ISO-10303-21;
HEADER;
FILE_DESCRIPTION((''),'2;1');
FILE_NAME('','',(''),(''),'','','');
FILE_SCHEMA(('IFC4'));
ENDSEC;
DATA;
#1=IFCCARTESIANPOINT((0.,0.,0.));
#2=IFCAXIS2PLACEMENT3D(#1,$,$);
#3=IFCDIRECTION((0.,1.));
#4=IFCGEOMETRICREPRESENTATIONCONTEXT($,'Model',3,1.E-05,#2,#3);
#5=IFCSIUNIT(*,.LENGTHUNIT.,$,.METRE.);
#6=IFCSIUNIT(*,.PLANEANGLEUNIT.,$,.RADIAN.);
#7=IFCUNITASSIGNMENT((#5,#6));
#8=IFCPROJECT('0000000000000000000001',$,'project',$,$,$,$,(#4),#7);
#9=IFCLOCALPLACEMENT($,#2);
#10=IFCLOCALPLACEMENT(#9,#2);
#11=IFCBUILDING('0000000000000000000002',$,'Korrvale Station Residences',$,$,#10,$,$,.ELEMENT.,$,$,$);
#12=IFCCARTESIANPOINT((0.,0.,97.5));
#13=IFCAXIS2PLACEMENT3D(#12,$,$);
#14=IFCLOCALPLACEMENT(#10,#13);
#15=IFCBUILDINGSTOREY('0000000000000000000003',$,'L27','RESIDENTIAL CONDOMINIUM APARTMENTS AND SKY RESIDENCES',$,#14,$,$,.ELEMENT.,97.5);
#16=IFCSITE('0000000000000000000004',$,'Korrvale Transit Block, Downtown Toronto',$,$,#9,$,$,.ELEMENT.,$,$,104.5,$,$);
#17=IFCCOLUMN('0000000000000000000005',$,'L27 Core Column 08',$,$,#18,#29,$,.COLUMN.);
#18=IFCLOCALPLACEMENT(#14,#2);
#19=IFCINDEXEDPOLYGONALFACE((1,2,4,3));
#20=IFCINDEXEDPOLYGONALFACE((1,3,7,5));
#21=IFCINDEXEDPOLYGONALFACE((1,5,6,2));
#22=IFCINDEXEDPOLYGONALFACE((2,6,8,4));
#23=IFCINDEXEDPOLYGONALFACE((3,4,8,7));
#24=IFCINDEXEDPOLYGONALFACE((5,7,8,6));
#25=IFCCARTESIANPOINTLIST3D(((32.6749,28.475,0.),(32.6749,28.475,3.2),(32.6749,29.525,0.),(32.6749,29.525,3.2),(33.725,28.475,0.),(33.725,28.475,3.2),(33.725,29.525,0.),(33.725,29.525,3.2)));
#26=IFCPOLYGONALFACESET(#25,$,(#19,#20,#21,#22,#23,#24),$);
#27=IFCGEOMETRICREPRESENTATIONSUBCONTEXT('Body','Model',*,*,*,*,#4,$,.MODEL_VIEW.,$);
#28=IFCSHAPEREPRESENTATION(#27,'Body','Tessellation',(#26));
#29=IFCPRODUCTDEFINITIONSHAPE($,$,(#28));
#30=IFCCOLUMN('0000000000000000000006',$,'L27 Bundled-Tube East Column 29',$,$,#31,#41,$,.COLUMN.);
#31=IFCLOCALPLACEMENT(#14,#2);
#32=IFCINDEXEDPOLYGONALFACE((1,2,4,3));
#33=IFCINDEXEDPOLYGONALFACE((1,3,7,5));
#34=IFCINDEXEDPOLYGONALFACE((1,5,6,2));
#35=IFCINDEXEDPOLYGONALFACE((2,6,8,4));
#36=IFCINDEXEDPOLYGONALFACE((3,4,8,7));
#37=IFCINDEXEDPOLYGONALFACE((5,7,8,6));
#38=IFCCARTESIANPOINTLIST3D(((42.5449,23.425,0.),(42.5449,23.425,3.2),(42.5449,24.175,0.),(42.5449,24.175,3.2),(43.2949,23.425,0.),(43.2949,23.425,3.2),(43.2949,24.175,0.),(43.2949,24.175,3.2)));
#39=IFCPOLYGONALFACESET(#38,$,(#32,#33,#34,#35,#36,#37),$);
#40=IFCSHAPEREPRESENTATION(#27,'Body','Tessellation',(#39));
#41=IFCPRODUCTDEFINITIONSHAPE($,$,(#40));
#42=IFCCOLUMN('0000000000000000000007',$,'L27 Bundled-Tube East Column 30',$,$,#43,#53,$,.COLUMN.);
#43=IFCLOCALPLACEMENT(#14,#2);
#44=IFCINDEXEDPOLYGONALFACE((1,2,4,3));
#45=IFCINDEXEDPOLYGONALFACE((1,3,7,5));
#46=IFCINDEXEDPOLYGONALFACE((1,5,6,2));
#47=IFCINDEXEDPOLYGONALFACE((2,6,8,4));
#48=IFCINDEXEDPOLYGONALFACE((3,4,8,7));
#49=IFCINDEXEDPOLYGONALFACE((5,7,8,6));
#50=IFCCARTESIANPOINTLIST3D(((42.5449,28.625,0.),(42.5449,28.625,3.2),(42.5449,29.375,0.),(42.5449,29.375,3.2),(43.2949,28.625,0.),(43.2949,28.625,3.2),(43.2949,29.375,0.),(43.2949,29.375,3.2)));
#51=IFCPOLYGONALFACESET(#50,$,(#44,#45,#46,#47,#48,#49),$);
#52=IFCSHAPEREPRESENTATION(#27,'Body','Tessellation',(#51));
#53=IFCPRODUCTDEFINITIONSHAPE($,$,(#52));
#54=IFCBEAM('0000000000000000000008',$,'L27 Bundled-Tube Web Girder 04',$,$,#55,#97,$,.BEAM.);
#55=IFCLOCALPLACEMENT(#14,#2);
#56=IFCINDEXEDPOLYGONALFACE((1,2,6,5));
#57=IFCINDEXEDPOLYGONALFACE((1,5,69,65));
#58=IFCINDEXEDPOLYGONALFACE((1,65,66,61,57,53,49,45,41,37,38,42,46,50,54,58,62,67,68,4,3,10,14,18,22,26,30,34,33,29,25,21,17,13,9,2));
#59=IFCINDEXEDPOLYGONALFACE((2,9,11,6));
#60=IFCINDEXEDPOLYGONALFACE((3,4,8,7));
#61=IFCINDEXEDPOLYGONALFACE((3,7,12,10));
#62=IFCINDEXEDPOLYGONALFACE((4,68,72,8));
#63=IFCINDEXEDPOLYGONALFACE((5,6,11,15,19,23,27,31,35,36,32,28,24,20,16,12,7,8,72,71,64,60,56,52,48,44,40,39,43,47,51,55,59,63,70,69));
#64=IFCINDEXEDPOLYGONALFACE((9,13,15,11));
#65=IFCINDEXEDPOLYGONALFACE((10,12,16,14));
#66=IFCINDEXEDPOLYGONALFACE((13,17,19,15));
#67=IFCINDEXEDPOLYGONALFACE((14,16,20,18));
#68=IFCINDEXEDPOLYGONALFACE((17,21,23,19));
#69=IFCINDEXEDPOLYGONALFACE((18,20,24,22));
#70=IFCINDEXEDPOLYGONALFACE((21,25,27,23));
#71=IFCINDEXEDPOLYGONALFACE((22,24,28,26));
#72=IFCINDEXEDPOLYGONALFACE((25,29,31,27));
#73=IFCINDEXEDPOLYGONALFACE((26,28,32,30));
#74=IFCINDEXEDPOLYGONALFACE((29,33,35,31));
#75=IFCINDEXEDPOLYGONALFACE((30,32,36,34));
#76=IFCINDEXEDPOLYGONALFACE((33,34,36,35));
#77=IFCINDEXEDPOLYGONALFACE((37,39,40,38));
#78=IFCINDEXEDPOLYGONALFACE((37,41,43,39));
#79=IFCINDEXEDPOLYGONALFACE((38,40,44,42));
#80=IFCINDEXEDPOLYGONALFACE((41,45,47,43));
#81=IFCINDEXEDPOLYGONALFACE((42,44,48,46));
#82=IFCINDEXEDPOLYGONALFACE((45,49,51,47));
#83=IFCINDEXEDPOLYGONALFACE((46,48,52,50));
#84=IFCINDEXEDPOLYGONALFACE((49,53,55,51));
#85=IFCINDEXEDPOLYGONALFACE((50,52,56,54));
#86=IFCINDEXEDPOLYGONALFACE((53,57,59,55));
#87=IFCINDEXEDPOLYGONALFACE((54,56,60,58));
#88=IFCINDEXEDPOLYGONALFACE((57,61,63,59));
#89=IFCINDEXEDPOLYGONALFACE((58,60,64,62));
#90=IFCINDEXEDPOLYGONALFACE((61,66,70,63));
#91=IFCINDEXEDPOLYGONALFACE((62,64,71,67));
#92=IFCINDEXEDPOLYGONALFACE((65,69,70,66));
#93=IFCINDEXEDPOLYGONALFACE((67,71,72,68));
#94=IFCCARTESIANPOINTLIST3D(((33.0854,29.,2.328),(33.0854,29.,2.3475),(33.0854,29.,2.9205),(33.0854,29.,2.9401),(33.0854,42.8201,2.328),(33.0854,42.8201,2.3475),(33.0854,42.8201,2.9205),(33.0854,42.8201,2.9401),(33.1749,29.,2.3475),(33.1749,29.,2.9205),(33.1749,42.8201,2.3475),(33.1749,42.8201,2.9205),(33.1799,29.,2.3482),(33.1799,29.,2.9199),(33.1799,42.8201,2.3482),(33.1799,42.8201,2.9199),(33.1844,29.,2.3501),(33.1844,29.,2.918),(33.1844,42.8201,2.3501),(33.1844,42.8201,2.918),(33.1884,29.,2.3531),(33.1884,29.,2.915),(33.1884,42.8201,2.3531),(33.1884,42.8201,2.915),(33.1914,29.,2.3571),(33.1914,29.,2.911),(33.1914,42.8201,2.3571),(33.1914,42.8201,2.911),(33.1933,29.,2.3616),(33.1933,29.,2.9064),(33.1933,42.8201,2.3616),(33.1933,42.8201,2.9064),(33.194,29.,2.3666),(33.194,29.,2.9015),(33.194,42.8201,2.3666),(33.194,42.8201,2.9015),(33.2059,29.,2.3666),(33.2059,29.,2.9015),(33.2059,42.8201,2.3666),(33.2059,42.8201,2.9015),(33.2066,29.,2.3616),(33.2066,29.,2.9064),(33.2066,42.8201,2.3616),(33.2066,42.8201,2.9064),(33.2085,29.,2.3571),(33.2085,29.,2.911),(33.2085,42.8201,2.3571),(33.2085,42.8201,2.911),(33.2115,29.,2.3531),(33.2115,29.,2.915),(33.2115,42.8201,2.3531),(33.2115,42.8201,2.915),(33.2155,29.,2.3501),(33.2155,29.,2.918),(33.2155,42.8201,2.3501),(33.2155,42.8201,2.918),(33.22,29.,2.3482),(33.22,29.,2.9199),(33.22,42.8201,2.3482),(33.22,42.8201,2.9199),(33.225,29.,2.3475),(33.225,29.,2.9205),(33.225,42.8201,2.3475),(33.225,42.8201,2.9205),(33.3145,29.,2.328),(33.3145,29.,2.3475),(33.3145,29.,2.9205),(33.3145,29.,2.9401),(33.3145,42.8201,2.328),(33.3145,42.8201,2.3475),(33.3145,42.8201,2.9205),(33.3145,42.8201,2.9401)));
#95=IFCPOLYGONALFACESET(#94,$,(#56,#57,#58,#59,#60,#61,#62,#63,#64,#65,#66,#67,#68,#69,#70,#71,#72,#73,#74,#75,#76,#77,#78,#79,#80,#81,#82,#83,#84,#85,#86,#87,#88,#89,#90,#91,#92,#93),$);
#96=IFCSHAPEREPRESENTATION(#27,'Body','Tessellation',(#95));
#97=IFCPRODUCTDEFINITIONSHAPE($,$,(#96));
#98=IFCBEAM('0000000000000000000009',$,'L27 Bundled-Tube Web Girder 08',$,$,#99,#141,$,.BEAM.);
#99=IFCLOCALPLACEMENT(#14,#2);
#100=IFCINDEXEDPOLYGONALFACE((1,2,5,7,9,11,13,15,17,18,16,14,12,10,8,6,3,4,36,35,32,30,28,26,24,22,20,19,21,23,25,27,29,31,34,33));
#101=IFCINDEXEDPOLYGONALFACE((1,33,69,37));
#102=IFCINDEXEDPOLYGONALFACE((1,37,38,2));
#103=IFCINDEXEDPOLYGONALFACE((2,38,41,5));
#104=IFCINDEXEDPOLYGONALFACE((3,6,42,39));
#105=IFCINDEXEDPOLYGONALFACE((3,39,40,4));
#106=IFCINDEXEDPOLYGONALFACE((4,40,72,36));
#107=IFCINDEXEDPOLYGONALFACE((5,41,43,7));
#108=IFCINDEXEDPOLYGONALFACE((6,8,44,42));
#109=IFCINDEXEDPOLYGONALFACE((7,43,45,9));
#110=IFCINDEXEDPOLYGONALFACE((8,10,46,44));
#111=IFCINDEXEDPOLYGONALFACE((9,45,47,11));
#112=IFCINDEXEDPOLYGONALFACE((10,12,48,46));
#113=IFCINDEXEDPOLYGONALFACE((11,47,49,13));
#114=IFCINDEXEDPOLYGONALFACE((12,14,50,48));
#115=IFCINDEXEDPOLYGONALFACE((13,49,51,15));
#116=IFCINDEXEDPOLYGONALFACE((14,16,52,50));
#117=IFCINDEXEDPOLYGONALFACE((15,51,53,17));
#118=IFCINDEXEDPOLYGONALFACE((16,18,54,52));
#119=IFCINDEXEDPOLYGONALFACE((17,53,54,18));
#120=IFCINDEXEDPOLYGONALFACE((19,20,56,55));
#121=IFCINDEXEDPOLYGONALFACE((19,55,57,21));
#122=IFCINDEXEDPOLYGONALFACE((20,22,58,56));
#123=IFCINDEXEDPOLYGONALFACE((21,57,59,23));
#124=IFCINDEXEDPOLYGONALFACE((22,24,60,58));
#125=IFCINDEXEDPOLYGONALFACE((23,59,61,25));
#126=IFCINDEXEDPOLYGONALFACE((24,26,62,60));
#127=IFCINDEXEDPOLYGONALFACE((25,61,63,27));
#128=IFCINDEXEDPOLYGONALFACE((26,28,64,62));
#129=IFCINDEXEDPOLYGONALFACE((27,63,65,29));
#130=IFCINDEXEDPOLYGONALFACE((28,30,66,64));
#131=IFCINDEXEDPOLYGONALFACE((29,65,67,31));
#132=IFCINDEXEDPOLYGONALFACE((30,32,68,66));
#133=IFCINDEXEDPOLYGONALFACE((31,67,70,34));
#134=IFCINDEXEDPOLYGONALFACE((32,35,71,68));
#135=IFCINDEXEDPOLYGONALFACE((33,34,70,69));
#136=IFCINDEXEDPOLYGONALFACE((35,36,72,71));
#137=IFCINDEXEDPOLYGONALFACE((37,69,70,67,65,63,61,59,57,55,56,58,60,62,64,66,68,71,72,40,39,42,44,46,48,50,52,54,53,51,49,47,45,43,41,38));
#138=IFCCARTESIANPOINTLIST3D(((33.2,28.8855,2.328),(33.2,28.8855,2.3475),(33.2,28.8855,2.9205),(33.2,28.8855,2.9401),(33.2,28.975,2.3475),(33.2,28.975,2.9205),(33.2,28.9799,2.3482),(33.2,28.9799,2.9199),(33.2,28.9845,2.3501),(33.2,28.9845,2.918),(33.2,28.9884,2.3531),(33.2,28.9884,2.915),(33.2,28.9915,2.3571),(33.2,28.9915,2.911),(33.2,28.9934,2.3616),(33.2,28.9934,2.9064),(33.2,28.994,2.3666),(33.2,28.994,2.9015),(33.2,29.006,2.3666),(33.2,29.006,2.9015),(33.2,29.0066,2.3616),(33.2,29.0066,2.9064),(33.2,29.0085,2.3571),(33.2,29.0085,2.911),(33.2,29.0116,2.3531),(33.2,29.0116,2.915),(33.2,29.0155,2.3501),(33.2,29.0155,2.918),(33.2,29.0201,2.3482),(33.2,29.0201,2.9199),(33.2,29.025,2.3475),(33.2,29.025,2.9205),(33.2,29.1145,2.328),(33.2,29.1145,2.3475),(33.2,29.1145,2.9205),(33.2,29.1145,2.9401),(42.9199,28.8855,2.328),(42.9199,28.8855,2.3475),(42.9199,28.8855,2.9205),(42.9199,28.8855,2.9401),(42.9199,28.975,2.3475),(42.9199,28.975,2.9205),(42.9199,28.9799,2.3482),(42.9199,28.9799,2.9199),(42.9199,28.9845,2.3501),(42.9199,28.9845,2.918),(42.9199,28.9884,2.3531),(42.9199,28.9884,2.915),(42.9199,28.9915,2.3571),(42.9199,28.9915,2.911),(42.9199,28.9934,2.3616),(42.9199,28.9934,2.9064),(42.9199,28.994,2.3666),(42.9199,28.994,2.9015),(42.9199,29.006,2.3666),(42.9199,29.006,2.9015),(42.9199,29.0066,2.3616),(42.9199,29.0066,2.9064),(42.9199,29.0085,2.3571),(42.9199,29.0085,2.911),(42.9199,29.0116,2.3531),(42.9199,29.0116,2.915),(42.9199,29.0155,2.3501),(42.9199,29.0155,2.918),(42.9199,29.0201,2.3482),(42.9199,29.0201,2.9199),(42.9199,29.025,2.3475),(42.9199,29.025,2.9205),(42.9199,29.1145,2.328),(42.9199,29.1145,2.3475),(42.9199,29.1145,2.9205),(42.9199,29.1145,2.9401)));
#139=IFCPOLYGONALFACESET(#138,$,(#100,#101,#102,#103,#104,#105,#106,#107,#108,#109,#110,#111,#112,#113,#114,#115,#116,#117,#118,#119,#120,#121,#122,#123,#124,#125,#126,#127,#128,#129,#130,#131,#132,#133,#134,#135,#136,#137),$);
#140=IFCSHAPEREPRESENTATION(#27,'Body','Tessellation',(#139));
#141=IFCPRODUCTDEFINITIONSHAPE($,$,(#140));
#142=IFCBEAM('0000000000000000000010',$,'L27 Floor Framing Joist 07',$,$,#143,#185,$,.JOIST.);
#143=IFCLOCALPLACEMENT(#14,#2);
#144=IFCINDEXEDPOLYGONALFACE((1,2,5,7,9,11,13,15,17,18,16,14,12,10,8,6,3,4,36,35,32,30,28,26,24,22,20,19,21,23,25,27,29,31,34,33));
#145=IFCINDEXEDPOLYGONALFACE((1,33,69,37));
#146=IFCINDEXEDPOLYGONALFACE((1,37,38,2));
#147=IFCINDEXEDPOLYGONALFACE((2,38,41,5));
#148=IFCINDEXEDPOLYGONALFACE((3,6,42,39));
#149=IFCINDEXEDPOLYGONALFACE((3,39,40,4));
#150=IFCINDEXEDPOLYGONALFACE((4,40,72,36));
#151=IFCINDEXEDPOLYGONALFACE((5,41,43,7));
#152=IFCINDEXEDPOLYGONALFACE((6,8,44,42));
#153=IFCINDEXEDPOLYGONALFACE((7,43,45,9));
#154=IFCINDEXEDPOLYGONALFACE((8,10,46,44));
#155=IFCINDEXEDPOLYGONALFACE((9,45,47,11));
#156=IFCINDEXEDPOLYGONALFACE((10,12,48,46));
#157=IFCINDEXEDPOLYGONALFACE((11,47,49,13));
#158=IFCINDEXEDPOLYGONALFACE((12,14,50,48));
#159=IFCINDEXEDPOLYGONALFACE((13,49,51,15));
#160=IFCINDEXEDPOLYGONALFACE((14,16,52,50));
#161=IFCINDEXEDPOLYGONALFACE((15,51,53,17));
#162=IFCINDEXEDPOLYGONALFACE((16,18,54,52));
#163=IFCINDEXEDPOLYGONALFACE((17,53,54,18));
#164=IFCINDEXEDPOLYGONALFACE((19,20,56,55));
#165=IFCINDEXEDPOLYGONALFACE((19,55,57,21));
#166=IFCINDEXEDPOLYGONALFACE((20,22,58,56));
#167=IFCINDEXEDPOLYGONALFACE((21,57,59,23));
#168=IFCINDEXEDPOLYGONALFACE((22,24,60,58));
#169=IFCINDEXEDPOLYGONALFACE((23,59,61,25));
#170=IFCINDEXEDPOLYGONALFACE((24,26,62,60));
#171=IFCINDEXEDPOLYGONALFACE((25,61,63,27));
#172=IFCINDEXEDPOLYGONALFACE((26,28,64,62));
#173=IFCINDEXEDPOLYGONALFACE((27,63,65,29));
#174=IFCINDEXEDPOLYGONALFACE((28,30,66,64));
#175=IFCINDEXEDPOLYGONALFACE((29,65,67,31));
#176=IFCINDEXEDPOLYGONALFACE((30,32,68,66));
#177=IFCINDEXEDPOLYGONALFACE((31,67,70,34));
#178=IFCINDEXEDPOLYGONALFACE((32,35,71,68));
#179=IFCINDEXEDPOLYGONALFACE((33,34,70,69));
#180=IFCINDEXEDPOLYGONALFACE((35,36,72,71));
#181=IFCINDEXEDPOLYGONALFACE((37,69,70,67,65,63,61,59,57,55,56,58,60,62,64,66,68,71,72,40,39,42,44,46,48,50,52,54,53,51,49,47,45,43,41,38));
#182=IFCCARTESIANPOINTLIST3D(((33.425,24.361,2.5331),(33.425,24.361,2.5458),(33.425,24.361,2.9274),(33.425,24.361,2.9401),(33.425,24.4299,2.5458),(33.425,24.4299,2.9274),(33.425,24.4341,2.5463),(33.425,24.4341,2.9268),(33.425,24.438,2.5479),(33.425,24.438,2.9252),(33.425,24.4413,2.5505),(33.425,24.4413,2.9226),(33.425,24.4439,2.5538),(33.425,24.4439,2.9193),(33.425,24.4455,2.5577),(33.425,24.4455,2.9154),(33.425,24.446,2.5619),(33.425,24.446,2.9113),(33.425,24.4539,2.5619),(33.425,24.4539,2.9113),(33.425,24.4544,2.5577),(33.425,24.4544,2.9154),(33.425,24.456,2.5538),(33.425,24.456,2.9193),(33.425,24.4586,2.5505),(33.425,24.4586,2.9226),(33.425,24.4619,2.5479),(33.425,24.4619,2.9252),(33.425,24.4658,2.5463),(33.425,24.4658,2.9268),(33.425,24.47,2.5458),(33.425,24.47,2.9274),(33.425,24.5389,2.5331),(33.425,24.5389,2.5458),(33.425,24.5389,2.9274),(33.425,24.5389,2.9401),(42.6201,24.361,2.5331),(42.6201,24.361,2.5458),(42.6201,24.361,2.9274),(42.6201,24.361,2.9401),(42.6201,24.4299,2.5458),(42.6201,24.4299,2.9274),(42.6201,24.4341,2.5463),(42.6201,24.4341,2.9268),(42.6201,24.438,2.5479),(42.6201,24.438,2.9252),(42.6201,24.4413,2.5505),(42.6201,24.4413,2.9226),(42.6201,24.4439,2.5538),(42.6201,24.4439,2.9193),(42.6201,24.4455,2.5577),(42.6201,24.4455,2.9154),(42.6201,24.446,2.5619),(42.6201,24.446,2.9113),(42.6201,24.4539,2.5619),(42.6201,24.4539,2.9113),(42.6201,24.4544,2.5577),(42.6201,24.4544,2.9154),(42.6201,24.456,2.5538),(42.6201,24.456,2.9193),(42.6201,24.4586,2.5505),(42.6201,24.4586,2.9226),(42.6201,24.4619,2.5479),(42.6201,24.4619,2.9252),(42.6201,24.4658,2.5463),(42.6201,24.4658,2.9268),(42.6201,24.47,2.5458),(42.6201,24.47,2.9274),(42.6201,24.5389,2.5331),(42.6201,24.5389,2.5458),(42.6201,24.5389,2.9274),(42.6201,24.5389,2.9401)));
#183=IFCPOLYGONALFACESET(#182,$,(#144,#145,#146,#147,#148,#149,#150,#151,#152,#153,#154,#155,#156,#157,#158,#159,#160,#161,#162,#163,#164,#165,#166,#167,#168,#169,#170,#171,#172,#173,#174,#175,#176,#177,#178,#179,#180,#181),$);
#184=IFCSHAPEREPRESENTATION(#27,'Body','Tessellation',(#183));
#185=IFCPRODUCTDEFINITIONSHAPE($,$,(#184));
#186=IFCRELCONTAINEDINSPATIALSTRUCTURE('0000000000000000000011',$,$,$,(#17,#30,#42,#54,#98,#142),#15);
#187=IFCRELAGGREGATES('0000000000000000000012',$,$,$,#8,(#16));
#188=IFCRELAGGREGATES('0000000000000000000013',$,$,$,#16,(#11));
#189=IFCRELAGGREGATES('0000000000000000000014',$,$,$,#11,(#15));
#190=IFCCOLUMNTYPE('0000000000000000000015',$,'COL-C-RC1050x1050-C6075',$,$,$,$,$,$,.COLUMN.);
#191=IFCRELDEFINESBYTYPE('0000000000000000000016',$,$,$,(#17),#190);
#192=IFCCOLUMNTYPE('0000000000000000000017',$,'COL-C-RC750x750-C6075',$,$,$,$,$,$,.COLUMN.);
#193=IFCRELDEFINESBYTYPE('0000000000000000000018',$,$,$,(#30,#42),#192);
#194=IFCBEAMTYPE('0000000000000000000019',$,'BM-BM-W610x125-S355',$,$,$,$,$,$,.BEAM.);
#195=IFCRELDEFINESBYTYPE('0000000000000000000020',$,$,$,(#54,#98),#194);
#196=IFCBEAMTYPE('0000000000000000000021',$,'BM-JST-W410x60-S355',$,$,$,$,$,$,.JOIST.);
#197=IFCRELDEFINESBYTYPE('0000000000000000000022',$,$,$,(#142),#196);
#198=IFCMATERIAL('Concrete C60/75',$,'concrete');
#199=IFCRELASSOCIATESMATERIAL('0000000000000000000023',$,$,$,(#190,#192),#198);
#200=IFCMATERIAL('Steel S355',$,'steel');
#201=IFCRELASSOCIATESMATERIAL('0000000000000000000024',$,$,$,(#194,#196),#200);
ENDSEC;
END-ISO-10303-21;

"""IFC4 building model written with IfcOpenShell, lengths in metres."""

from ifc_helpers import new_model, si_unit, direction, frame, origin, origin_2d, place, context, subcontext, project, spatial, rectangle, i_section, extrude, material, material_profile, profile_set, type_object, element, save


model = new_model("IFC4")

# Units and contexts
model_context = context("Model", 3, precision=1e-05, world=origin(), true_north=direction((0.0, 1.0)))
body_context = subcontext(model_context, "Body", "Model", "MODEL_VIEW")
ifc_project = project(units=[si_unit("LENGTHUNIT", "METRE"), si_unit("PLANEANGLEUNIT", "RADIAN")], contexts=[model_context])

# Site, building, storey
site_placement = place(None, origin())
site = spatial("IfcSite", under=ifc_project, at=site_placement, Name="Korrvale Transit Block, Downtown Toronto", CompositionType="ELEMENT", RefElevation=104.5)
building_placement = place(site_placement, origin())
building = spatial("IfcBuilding", under=site, at=building_placement, Name="Korrvale Station Residences", CompositionType="ELEMENT")
storey_placement = place(building_placement, frame((0.0, 0.0, 97.5)))
storey = spatial("IfcBuildingStorey", under=building, at=storey_placement, Name="L27", Description="RESIDENTIAL CONDOMINIUM APARTMENTS AND SKY RESIDENCES", CompositionType="ELEMENT", Elevation=97.5)

# Columns
ifc_material_1 = material(Name="Concrete C60/75", Category="concrete")
ifc_material_profile_1 = material_profile(ifc_material_1, rectangle(XDim=1.05, YDim=1.05, at=origin_2d()), Name="RC1050x1050")
ifc_profile_set_1 = profile_set([ifc_material_profile_1], Name="Concrete C60/75")
column_type_1 = type_object("IfcColumnType", Name="COL-C-RC1050x1050-C6075", PredefinedType="COLUMN", material=ifc_profile_set_1)
column_placement = place(storey_placement, frame((33.2, 29.0, 0.0), z_axis=(0.0, 0.0, 1.0), x_axis=(1.0, 0.0, 0.0)))
element("IfcColumn", 1, at=column_placement, inside=storey, type_object=column_type_1, Name="L27 Core Column 08", PredefinedType="COLUMN", context=body_context, shape_type="SweptSolid", body=[
    extrude(rectangle(XDim=1.05, YDim=1.05, at=origin_2d()), origin(), (0.0, 0.0, 1.0), 3.2),
])
ifc_material_profile_2 = material_profile(ifc_material_1, rectangle(XDim=0.75, YDim=0.75, at=origin_2d()), Name="RC750x750")
ifc_profile_set_2 = profile_set([ifc_material_profile_2], Name="Concrete C60/75")
column_type_2 = type_object("IfcColumnType", Name="COL-C-RC750x750-C6075", PredefinedType="COLUMN", material=ifc_profile_set_2)
for number, where, z_axis, x_axis, name in (
    (2, (42.9199, 23.8, 0.0), (0.0, 0.0, 1.0), (1.0, 0.0, 0.0), "L27 Bundled-Tube East Column 29"),
    (3, (42.9199, 29.0, 0.0), (0.0, 0.0, 1.0), (1.0, 0.0, 0.0), "L27 Bundled-Tube East Column 30"),
):
    element("IfcColumn", number, at=place(storey_placement, frame(where, z_axis=z_axis, x_axis=x_axis)), inside=storey, type_object=column_type_2, Name=name, PredefinedType="COLUMN", context=body_context, shape_type="SweptSolid", body=[
        extrude(rectangle(XDim=0.75, YDim=0.75, at=origin_2d()), origin(), (0.0, 0.0, 1.0), 3.2),
    ])

# Beams
ifc_material_2 = material(Name="Steel S355", Category="steel")
ifc_material_profile_3 = material_profile(ifc_material_2, i_section(OverallWidth=0.229, OverallDepth=0.6121, WebThickness=0.012, FlangeThickness=0.0195, FilletRadius=0.019, at=origin_2d()), Name="W610x125")
ifc_profile_set_3 = profile_set([ifc_material_profile_3], Name="Steel S355")
beam_type_1 = type_object("IfcBeamType", Name="BM-BM-W610x125-S355", PredefinedType="BEAM", material=ifc_profile_set_3)
beam_1_placement = place(storey_placement, frame((33.2, 29.0, 2.634), z_axis=(0.0, 1.0, 0.0), x_axis=(-1.0, 0.0, 0.0)))
element("IfcBeam", 4, at=beam_1_placement, inside=storey, type_object=beam_type_1, Name="L27 Bundled-Tube Web Girder 04", PredefinedType="BEAM", context=body_context, shape_type="SweptSolid", body=[
    extrude(i_section(OverallWidth=0.229, OverallDepth=0.6121, WebThickness=0.012, FlangeThickness=0.0195, FilletRadius=0.019, at=origin_2d()), origin(), (0.0, 0.0, 1.0), 13.8201),
])
beam_2_placement = place(storey_placement, frame((33.2, 29.0, 2.634), z_axis=(1.0, 0.0, 0.0), x_axis=(0.0, 1.0, 0.0)))
element("IfcBeam", 5, at=beam_2_placement, inside=storey, type_object=beam_type_1, Name="L27 Bundled-Tube Web Girder 08", PredefinedType="BEAM", context=body_context, shape_type="SweptSolid", body=[
    extrude(i_section(OverallWidth=0.229, OverallDepth=0.6121, WebThickness=0.012, FlangeThickness=0.0195, FilletRadius=0.019, at=origin_2d()), origin(), (0.0, 0.0, 1.0), 9.72),
])
ifc_material_profile_4 = material_profile(ifc_material_2, i_section(OverallWidth=0.178, OverallDepth=0.407, WebThickness=0.0078, FlangeThickness=0.0127, FilletRadius=0.0161, at=origin_2d()), Name="W410x60")
ifc_profile_set_4 = profile_set([ifc_material_profile_4], Name="Steel S355")
beam_type_2 = type_object("IfcBeamType", Name="BM-JST-W410x60-S355", PredefinedType="JOIST", material=ifc_profile_set_4)
beam_3_placement = place(storey_placement, frame((33.425, 24.45, 2.7366), z_axis=(1.0, 0.0, 0.0), x_axis=(0.0, 1.0, 0.0)))
element("IfcBeam", 6, at=beam_3_placement, inside=storey, type_object=beam_type_2, Name="L27 Floor Framing Joist 07", PredefinedType="JOIST", context=body_context, shape_type="SweptSolid", body=[
    extrude(i_section(OverallWidth=0.178, OverallDepth=0.407, WebThickness=0.0078, FlangeThickness=0.0127, FilletRadius=0.0161, at=origin_2d()), origin(), (0.0, 0.0, 1.0), 9.1951),
])

save(model, "model.ifc")
